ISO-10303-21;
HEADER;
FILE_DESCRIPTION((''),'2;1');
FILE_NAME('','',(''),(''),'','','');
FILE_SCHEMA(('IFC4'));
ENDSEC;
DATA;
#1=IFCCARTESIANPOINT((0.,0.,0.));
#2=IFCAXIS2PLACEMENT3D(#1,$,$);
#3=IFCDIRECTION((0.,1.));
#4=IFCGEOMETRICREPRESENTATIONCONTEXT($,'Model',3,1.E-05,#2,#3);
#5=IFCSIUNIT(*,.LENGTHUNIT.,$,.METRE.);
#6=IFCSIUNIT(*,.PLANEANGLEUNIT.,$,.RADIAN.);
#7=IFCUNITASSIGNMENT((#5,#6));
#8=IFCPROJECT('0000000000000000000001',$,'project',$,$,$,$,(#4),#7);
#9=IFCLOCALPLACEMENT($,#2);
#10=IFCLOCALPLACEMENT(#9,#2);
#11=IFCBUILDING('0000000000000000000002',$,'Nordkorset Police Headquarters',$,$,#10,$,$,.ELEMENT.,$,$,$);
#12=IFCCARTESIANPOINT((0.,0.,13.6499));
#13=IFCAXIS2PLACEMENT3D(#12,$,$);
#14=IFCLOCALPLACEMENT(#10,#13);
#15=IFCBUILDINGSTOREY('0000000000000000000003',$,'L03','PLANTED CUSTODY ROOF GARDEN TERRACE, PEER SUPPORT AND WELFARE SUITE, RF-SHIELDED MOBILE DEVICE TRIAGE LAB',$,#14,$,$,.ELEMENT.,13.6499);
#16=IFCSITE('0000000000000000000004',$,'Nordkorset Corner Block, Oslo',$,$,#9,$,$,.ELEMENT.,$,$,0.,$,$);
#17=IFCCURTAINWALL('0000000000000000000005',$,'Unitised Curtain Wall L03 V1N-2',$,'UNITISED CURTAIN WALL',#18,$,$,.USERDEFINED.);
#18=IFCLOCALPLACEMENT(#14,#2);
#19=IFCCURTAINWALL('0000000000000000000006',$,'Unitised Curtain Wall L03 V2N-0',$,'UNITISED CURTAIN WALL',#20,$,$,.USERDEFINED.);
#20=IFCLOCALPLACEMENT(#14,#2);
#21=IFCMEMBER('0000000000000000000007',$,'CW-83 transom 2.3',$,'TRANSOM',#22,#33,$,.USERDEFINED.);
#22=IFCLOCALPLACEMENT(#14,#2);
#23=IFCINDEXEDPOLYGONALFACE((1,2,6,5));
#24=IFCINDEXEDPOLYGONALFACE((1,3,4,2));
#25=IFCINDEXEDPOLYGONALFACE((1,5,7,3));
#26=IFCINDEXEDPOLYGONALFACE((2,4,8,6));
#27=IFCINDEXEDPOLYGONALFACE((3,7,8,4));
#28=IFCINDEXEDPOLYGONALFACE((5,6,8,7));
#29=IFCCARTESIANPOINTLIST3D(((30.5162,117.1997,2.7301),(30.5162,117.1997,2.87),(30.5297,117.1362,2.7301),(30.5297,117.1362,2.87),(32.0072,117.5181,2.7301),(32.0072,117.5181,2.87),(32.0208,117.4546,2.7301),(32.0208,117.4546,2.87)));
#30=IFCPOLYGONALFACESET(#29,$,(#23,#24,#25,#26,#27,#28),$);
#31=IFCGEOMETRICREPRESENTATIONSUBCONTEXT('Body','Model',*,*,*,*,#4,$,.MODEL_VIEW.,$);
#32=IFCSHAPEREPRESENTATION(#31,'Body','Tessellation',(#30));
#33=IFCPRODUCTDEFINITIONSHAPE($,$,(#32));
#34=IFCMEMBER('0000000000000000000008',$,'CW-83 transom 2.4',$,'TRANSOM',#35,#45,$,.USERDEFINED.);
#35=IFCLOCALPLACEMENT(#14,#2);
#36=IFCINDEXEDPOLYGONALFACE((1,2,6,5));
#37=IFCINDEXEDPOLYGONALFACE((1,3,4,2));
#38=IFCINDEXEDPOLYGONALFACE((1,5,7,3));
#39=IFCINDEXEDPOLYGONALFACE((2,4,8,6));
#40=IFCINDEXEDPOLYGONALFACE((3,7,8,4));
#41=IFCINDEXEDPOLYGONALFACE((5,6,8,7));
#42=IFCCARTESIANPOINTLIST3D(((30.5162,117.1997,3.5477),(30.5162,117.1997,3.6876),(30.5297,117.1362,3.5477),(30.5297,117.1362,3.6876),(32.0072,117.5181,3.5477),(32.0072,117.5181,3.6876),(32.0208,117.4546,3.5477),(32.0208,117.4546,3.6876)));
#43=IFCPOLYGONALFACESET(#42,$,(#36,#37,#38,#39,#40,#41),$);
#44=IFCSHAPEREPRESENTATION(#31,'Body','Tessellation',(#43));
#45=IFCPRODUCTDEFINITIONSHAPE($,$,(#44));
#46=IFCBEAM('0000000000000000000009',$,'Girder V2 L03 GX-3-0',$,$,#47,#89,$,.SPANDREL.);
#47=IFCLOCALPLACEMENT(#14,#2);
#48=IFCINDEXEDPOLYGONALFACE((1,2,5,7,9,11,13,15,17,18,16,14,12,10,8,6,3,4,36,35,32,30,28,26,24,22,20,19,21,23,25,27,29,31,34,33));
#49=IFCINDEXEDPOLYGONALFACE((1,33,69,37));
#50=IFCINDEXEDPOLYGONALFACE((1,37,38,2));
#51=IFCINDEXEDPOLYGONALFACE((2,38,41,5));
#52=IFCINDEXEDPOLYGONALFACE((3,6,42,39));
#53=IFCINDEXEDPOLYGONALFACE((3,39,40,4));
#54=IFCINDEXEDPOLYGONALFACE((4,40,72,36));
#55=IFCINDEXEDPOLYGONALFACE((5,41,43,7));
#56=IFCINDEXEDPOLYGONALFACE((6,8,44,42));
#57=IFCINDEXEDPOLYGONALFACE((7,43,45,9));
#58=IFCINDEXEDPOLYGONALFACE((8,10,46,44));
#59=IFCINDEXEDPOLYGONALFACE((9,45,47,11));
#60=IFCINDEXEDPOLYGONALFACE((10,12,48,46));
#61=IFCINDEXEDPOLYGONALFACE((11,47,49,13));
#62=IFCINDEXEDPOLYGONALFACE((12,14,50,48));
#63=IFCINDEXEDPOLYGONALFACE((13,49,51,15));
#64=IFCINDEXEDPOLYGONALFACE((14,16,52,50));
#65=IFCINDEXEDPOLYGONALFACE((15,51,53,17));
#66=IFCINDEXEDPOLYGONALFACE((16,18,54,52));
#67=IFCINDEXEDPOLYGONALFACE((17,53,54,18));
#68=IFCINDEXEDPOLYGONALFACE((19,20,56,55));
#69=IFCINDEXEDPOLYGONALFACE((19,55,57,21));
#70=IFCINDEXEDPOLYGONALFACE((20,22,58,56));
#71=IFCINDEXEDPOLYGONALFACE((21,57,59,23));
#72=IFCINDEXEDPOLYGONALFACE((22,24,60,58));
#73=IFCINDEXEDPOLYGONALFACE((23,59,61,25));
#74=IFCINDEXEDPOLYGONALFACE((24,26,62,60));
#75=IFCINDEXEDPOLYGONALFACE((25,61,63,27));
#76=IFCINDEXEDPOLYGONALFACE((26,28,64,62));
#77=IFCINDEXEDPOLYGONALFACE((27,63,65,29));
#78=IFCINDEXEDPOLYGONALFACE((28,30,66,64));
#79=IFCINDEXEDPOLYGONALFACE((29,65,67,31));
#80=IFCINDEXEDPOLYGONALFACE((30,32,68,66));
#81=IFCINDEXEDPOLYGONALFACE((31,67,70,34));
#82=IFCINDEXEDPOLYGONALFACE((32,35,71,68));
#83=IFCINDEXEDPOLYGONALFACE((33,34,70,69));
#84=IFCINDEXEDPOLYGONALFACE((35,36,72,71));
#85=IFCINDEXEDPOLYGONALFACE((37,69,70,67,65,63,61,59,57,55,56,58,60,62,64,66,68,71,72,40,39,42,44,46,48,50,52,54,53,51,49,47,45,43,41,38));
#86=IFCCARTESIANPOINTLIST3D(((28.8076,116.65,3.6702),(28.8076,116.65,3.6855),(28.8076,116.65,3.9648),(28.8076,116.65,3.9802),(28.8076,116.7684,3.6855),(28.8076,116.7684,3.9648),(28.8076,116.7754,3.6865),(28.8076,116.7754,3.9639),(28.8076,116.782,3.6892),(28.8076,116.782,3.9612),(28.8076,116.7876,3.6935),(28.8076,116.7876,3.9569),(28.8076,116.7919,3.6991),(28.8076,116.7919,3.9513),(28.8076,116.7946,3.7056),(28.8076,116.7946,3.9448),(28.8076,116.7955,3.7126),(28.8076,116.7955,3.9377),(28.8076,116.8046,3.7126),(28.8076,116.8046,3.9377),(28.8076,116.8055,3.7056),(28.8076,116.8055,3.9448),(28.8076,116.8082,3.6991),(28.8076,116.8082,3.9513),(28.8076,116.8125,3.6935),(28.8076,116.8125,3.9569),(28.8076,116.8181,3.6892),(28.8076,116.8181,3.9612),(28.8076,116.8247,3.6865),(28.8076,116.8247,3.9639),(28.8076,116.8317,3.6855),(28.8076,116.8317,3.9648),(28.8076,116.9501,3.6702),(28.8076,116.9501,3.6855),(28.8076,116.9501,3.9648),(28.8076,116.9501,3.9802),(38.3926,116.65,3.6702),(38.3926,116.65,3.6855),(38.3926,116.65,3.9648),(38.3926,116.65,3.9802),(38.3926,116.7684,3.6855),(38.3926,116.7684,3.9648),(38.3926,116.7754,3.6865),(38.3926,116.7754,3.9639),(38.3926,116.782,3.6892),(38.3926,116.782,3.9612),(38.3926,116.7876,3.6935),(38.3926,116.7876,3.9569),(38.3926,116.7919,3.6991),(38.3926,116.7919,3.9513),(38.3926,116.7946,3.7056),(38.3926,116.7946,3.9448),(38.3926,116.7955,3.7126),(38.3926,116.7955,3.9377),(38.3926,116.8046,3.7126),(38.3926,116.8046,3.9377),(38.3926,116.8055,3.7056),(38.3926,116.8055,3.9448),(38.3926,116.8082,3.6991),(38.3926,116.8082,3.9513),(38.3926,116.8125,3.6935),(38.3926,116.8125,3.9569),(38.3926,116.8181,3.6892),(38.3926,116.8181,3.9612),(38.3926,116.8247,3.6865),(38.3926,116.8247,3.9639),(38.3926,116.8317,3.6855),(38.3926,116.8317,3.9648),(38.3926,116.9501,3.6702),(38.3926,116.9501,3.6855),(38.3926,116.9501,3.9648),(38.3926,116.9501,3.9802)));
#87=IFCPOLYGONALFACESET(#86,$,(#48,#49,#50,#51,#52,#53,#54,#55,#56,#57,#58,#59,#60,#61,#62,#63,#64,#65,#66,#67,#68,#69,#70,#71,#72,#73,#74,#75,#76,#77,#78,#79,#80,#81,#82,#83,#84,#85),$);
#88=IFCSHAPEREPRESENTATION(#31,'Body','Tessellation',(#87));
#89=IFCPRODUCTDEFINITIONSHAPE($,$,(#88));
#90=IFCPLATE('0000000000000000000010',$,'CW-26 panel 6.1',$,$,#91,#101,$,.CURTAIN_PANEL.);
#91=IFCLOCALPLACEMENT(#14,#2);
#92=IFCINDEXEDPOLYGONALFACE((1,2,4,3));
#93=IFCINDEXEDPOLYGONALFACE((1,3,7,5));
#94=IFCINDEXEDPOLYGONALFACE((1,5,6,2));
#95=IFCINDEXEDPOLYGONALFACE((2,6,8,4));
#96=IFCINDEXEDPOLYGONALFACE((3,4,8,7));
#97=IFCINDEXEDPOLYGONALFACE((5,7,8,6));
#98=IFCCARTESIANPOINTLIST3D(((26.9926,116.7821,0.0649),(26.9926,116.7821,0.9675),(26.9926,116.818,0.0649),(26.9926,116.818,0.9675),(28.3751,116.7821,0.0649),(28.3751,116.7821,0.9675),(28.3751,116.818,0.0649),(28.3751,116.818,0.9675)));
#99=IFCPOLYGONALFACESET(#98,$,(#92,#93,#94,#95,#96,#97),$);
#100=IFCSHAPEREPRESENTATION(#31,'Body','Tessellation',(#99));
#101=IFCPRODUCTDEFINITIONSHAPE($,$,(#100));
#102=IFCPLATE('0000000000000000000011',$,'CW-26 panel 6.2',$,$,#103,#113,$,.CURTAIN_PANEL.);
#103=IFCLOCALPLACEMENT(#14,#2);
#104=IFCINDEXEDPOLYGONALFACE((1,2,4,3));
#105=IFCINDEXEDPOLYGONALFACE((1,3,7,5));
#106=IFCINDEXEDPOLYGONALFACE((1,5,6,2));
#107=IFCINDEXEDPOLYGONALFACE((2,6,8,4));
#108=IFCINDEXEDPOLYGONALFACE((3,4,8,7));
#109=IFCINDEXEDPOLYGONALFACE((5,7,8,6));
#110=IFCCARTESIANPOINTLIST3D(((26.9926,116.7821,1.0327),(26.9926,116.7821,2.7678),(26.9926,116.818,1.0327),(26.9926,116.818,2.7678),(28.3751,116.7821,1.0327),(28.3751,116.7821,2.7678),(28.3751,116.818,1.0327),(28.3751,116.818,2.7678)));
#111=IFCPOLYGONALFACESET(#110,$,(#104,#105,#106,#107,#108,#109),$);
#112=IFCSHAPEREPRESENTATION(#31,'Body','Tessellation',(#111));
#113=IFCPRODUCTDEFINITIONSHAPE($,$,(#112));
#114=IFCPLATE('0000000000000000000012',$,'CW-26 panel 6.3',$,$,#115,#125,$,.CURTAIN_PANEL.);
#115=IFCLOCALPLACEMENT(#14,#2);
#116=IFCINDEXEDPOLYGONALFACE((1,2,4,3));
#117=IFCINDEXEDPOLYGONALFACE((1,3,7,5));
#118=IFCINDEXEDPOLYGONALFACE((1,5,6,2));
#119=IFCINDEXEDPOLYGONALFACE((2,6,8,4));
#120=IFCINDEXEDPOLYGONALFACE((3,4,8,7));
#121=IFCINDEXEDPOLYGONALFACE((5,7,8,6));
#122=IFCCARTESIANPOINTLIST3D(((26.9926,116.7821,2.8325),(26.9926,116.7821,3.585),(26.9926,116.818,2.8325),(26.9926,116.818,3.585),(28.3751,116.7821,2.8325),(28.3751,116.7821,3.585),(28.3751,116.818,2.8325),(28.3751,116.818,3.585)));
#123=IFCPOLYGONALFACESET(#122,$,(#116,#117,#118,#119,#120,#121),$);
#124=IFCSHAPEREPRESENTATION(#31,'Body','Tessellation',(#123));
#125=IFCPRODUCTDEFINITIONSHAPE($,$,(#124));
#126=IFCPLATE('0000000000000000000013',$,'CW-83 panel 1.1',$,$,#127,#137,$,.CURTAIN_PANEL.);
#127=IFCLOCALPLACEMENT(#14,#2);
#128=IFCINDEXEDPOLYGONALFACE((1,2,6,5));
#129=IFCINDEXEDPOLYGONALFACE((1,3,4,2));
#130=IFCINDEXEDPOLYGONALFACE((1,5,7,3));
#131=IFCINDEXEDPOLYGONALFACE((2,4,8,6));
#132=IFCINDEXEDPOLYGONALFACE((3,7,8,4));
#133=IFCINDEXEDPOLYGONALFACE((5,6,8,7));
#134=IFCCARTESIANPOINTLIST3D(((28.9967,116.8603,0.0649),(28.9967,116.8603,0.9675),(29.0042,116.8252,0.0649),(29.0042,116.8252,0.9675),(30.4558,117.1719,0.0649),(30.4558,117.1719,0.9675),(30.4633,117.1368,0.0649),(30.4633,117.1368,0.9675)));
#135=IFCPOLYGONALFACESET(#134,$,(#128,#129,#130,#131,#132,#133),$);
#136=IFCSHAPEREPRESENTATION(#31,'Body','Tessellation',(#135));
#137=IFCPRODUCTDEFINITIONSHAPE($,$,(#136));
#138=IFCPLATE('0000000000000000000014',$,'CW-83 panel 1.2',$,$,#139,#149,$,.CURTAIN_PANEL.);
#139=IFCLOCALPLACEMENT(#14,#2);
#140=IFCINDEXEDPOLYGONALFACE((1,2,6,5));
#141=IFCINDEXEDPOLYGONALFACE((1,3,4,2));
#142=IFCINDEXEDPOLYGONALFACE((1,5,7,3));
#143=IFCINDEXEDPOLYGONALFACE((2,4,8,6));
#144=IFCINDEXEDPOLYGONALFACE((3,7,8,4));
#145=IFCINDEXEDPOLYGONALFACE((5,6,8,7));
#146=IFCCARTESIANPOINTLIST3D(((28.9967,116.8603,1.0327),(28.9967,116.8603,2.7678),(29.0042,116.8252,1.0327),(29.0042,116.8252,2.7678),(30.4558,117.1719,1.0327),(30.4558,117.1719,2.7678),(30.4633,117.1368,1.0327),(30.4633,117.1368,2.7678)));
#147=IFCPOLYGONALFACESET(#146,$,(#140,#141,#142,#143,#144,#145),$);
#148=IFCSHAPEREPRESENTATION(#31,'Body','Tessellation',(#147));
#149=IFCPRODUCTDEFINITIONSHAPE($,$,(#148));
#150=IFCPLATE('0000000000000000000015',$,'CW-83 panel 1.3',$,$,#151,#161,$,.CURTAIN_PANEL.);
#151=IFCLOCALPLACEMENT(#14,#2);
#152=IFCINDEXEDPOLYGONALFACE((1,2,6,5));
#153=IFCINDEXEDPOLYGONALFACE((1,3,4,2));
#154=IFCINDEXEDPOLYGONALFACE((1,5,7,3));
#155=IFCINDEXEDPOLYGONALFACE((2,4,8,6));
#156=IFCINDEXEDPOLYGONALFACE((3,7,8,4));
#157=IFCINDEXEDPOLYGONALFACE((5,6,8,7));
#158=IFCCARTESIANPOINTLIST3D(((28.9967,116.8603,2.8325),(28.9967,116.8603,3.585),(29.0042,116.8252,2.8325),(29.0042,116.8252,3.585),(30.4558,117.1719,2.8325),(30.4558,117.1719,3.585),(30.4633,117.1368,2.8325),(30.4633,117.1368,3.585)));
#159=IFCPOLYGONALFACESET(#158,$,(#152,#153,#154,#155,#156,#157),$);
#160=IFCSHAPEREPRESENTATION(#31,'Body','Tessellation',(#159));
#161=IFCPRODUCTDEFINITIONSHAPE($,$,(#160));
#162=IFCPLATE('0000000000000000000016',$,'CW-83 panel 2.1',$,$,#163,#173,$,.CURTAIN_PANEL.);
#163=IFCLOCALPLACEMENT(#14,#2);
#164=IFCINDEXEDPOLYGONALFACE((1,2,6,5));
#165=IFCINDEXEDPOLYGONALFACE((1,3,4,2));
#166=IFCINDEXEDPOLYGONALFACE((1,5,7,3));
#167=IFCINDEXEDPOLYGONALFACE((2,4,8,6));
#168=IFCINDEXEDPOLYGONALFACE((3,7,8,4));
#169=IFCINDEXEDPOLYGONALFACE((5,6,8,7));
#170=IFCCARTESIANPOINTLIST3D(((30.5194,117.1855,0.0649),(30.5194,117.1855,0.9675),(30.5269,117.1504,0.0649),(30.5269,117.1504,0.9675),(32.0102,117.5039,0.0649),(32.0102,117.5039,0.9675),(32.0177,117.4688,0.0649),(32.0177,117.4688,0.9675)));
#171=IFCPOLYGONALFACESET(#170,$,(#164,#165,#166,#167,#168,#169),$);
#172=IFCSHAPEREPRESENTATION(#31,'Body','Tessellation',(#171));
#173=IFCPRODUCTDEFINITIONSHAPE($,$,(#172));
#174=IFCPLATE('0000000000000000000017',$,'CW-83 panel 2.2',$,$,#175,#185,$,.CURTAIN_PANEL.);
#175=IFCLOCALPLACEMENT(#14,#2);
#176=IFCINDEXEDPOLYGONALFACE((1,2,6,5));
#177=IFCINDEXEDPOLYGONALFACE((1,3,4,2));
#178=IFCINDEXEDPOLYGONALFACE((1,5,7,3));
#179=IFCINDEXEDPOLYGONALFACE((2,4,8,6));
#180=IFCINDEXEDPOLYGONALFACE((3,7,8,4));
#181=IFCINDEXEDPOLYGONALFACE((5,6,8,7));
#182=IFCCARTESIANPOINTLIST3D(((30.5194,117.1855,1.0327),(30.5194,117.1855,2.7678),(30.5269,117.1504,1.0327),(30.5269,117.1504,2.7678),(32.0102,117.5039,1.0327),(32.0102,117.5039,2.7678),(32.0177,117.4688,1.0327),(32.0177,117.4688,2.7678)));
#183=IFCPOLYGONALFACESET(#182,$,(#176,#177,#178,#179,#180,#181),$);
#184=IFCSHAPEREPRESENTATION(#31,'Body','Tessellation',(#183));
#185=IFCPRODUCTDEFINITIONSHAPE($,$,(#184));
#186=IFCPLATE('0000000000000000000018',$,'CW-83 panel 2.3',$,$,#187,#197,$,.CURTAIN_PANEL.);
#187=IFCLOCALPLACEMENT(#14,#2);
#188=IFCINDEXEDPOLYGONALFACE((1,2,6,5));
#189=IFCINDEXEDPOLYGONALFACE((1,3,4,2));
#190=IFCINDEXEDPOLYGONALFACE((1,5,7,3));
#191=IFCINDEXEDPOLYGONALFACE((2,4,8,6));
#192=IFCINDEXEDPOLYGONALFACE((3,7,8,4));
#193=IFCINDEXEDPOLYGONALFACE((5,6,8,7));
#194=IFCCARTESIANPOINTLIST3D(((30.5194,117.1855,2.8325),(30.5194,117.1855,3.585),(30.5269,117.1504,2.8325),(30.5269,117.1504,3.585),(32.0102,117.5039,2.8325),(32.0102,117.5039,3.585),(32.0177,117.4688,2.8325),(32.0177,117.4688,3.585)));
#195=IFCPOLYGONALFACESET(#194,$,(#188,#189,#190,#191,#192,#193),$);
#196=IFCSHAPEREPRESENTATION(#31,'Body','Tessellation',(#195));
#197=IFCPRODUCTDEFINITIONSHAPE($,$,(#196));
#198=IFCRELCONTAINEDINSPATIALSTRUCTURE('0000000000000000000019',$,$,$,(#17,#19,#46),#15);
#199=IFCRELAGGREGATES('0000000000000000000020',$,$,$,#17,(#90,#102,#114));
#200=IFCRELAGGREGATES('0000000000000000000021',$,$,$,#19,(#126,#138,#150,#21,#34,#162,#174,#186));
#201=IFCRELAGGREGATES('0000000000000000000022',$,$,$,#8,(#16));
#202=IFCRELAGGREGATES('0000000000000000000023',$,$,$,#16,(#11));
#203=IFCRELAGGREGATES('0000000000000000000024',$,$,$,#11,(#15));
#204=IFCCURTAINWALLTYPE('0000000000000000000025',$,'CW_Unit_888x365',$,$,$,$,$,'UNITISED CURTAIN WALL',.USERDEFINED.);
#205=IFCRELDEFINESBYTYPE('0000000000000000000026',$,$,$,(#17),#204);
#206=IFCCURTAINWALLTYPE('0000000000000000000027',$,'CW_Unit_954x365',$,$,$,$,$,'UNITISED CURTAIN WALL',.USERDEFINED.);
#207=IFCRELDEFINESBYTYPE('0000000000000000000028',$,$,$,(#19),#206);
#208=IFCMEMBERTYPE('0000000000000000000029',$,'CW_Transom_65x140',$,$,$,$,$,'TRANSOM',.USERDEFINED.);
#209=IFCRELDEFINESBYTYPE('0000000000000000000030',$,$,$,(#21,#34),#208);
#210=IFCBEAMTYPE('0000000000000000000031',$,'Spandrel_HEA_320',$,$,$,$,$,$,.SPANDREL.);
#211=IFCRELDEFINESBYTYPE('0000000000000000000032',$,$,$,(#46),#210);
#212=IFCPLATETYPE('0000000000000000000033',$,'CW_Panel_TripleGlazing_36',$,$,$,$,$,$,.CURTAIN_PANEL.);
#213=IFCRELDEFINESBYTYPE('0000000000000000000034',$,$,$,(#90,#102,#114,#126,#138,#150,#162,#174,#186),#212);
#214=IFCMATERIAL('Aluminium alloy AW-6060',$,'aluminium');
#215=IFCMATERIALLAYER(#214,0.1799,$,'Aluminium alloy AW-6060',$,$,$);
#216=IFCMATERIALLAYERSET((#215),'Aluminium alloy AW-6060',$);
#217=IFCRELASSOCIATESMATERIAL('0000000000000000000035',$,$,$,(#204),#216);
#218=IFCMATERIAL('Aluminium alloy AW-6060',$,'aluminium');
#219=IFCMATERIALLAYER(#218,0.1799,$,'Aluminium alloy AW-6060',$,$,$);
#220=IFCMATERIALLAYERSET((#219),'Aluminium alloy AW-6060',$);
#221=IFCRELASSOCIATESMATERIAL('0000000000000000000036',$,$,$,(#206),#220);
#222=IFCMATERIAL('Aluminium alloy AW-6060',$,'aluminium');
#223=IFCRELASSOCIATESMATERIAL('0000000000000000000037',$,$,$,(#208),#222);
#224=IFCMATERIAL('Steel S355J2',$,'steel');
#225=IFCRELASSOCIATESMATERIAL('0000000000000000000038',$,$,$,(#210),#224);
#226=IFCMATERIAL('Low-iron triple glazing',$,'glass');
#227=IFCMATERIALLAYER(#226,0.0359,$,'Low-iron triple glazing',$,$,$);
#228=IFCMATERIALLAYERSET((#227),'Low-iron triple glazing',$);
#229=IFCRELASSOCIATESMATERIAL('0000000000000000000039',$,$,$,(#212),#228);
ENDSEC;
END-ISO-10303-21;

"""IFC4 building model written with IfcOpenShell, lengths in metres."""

from ifc_helpers import new_model, si_unit, direction, frame, origin, origin_2d, place, context, subcontext, project, spatial, rectangle, i_section, extrude, material, layer, layer_set, material_profile, profile_set, type_object, element, aggregate, save


model = new_model("IFC4")

# Units and contexts
model_context = context("Model", 3, precision=1e-05, world=origin(), true_north=direction((0.0, 1.0)))
body_context = subcontext(model_context, "Body", "Model", "MODEL_VIEW")
ifc_project = project(units=[si_unit("LENGTHUNIT", "METRE"), si_unit("PLANEANGLEUNIT", "RADIAN")], contexts=[model_context])

# Site, building, storey
site_placement = place(None, origin())
site = spatial("IfcSite", under=ifc_project, at=site_placement, Name="Nordkorset Corner Block, Oslo", CompositionType="ELEMENT", RefElevation=0.0)
building_placement = place(site_placement, origin())
building = spatial("IfcBuilding", under=site, at=building_placement, Name="Nordkorset Police Headquarters", CompositionType="ELEMENT")
storey_placement = place(building_placement, frame((0.0, 0.0, 13.6499)))
storey = spatial("IfcBuildingStorey", under=building, at=storey_placement, Name="L03", Description="PLANTED CUSTODY ROOF GARDEN TERRACE, PEER SUPPORT AND WELFARE SUITE, RF-SHIELDED MOBILE DEVICE TRIAGE LAB", CompositionType="ELEMENT", Elevation=13.6499)

# Curtain wall
ifc_material_1 = material(Name="Aluminium alloy AW-6060", Category="aluminium")
ifc_layer_1 = layer(ifc_material_1, 0.1799, Name="Aluminium alloy AW-6060")
ifc_layer_set_1 = layer_set([ifc_layer_1], Name="Aluminium alloy AW-6060")
curtain_wall_type_1 = type_object("IfcCurtainWallType", Name="CW_Unit_888x365", ElementType="UNITISED CURTAIN WALL", PredefinedType="USERDEFINED", material=ifc_layer_set_1)
curtain_wall_1_placement = place(storey_placement, origin())
curtain_wall_1 = element("IfcCurtainWall", 1, at=curtain_wall_1_placement, inside=storey, type_object=curtain_wall_type_1, Name="Unitised Curtain Wall L03 V1N-2", ObjectType="UNITISED CURTAIN WALL", PredefinedType="USERDEFINED")

# Curtain wall, members
ifc_material_2 = material(Name="Aluminium alloy AW-6060", Category="aluminium")
ifc_layer_2 = layer(ifc_material_2, 0.1799, Name="Aluminium alloy AW-6060")
ifc_layer_set_2 = layer_set([ifc_layer_2], Name="Aluminium alloy AW-6060")
curtain_wall_type_2 = type_object("IfcCurtainWallType", Name="CW_Unit_954x365", ElementType="UNITISED CURTAIN WALL", PredefinedType="USERDEFINED", material=ifc_layer_set_2)
curtain_wall_2_placement = place(storey_placement, origin())
curtain_wall_2 = element("IfcCurtainWall", 2, at=curtain_wall_2_placement, inside=storey, type_object=curtain_wall_type_2, Name="Unitised Curtain Wall L03 V2N-0", ObjectType="UNITISED CURTAIN WALL", PredefinedType="USERDEFINED")
ifc_material_3 = material(Name="Aluminium alloy AW-6060", Category="aluminium")
ifc_material_profile_1 = material_profile(ifc_material_3, rectangle(XDim=0.0649, YDim=0.1399, at=origin_2d()), Name="ALU TRAN 65x140")
ifc_profile_set_1 = profile_set([ifc_material_profile_1], Name="Aluminium alloy AW-6060")
member_type_1 = type_object("IfcMemberType", Name="CW_Transom_65x140", ElementType="TRANSOM", PredefinedType="USERDEFINED", material=ifc_profile_set_1)
member_1_placement = place(storey_placement, frame((30.5229, 117.168, 2.8), z_axis=(0.977954, 0.208818, 0.0), x_axis=(-0.208818, 0.977954, 0.0)))
member_1 = element("IfcMember", 3, at=member_1_placement, type_object=member_type_1, Name="CW-83 transom 2.3", ObjectType="TRANSOM", PredefinedType="USERDEFINED", context=body_context, shape_type="SweptSolid", body=[
    extrude(rectangle(XDim=0.0649, YDim=0.1399, at=origin_2d()), origin(), (0.0, 0.0, 1.0), 1.5247),
])
member_2_placement = place(storey_placement, frame((30.5229, 117.168, 3.6177), z_axis=(0.977954, 0.208818, 0.0), x_axis=(-0.208818, 0.977954, 0.0)))
member_2 = element("IfcMember", 4, at=member_2_placement, type_object=member_type_1, Name="CW-83 transom 2.4", ObjectType="TRANSOM", PredefinedType="USERDEFINED", context=body_context, shape_type="SweptSolid", body=[
    extrude(rectangle(XDim=0.0649, YDim=0.1399, at=origin_2d()), origin(), (0.0, 0.0, 1.0), 1.5247),
])

# Beam
ifc_material_4 = material(Name="Steel S355J2", Category="steel")
ifc_material_profile_2 = material_profile(ifc_material_4, i_section(OverallWidth=0.3, OverallDepth=0.3101, WebThickness=0.009, FlangeThickness=0.0154, FilletRadius=0.0271, at=origin_2d()), Name="HEA 320")
ifc_profile_set_2 = profile_set([ifc_material_profile_2], Name="Steel S355J2")
beam_type = type_object("IfcBeamType", Name="Spandrel_HEA_320", PredefinedType="SPANDREL", material=ifc_profile_set_2)
beam_placement = place(storey_placement, frame((28.8076, 116.8, 3.8252), z_axis=(1.0, 0.0, 0.0), x_axis=(0.0, 1.0, 0.0)))
element("IfcBeam", 5, at=beam_placement, inside=storey, type_object=beam_type, Name="Girder V2 L03 GX-3-0", PredefinedType="SPANDREL", context=body_context, shape_type="SweptSolid", body=[
    extrude(i_section(OverallWidth=0.3, OverallDepth=0.3101, WebThickness=0.009, FlangeThickness=0.0154, FilletRadius=0.0271, at=origin_2d()), origin(), (0.0, 0.0, 1.0), 9.585),
])

# Plates
ifc_material_5 = material(Name="Low-iron triple glazing", Category="glass")
ifc_layer_3 = layer(ifc_material_5, 0.0359, Name="Low-iron triple glazing")
ifc_layer_set_3 = layer_set([ifc_layer_3], Name="Low-iron triple glazing")
plate_type = type_object("IfcPlateType", Name="CW_Panel_TripleGlazing_36", PredefinedType="CURTAIN_PANEL", material=ifc_layer_set_3)
plate_1_placement = place(storey_placement, frame((27.6838, 116.8, 0.0649), z_axis=(0.0, 0.0, 1.0), x_axis=(1.0, 0.0, 0.0)))
plate_1 = element("IfcPlate", 6, at=plate_1_placement, type_object=plate_type, Name="CW-26 panel 6.1", PredefinedType="CURTAIN_PANEL", context=body_context, shape_type="SweptSolid", body=[
    extrude(rectangle(XDim=1.3826, YDim=0.0359, at=origin_2d()), origin(), (0.0, 0.0, 1.0), 0.9026),
])
plate_2_placement = place(storey_placement, frame((27.6838, 116.8, 1.0327), z_axis=(0.0, 0.0, 1.0), x_axis=(1.0, 0.0, 0.0)))
plate_2 = element("IfcPlate", 7, at=plate_2_placement, type_object=plate_type, Name="CW-26 panel 6.2", PredefinedType="CURTAIN_PANEL", context=body_context, shape_type="SweptSolid", body=[
    extrude(rectangle(XDim=1.3826, YDim=0.0359, at=origin_2d()), origin(), (0.0, 0.0, 1.0), 1.7351),
])
plate_3_placement = place(storey_placement, frame((27.6838, 116.8, 2.8325), z_axis=(0.0, 0.0, 1.0), x_axis=(1.0, 0.0, 0.0)))
plate_3 = element("IfcPlate", 8, at=plate_3_placement, type_object=plate_type, Name="CW-26 panel 6.3", PredefinedType="CURTAIN_PANEL", context=body_context, shape_type="SweptSolid", body=[
    extrude(rectangle(XDim=1.3826, YDim=0.0359, at=origin_2d()), origin(), (0.0, 0.0, 1.0), 0.7524),
])
aggregate(curtain_wall_1, [plate_1, plate_2, plate_3])
plate_4_placement = place(storey_placement, frame((29.73, 116.9985, 0.0649), z_axis=(0.0, 0.0, 1.0), x_axis=(0.977951, 0.208833, 0.0)))
plate_4 = element("IfcPlate", 9, at=plate_4_placement, type_object=plate_type, Name="CW-83 panel 1.1", PredefinedType="CURTAIN_PANEL", context=body_context, shape_type="SweptSolid", body=[
    extrude(rectangle(XDim=1.4919, YDim=0.0359, at=origin_2d()), origin(), (0.0, 0.0, 1.0), 0.9026),
])
plate_5_placement = place(storey_placement, frame((29.73, 116.9985, 1.0327), z_axis=(0.0, 0.0, 1.0), x_axis=(0.977951, 0.208833, 0.0)))
plate_5 = element("IfcPlate", 10, at=plate_5_placement, type_object=plate_type, Name="CW-83 panel 1.2", PredefinedType="CURTAIN_PANEL", context=body_context, shape_type="SweptSolid", body=[
    extrude(rectangle(XDim=1.4919, YDim=0.0359, at=origin_2d()), origin(), (0.0, 0.0, 1.0), 1.7351),
])
plate_6_placement = place(storey_placement, frame((29.73, 116.9985, 2.8325), z_axis=(0.0, 0.0, 1.0), x_axis=(0.977951, 0.208833, 0.0)))
plate_6 = element("IfcPlate", 11, at=plate_6_placement, type_object=plate_type, Name="CW-83 panel 1.3", PredefinedType="CURTAIN_PANEL", context=body_context, shape_type="SweptSolid", body=[
    extrude(rectangle(XDim=1.4919, YDim=0.0359, at=origin_2d()), origin(), (0.0, 0.0, 1.0), 0.7524),
])
plate_7_placement = place(storey_placement, frame((31.2686, 117.3271, 0.0649), z_axis=(0.0, 0.0, 1.0), x_axis=(0.977951, 0.208833, 0.0)))
plate_7 = element("IfcPlate", 12, at=plate_7_placement, type_object=plate_type, Name="CW-83 panel 2.1", PredefinedType="CURTAIN_PANEL", context=body_context, shape_type="SweptSolid", body=[
    extrude(rectangle(XDim=1.5244, YDim=0.0359, at=origin_2d()), origin(), (0.0, 0.0, 1.0), 0.9026),
])
plate_8_placement = place(storey_placement, frame((31.2686, 117.3271, 1.0327), z_axis=(0.0, 0.0, 1.0), x_axis=(0.977951, 0.208833, 0.0)))
plate_8 = element("IfcPlate", 13, at=plate_8_placement, type_object=plate_type, Name="CW-83 panel 2.2", PredefinedType="CURTAIN_PANEL", context=body_context, shape_type="SweptSolid", body=[
    extrude(rectangle(XDim=1.5244, YDim=0.0359, at=origin_2d()), origin(), (0.0, 0.0, 1.0), 1.7351),
])
plate_9_placement = place(storey_placement, frame((31.2686, 117.3271, 2.8325), z_axis=(0.0, 0.0, 1.0), x_axis=(0.977951, 0.208833, 0.0)))
plate_9 = element("IfcPlate", 14, at=plate_9_placement, type_object=plate_type, Name="CW-83 panel 2.3", PredefinedType="CURTAIN_PANEL", context=body_context, shape_type="SweptSolid", body=[
    extrude(rectangle(XDim=1.5244, YDim=0.0359, at=origin_2d()), origin(), (0.0, 0.0, 1.0), 0.7524),
])
aggregate(curtain_wall_2, [plate_4, plate_5, plate_6, member_1, member_2, plate_7, plate_8, plate_9])

save(model, "model.ifc")
